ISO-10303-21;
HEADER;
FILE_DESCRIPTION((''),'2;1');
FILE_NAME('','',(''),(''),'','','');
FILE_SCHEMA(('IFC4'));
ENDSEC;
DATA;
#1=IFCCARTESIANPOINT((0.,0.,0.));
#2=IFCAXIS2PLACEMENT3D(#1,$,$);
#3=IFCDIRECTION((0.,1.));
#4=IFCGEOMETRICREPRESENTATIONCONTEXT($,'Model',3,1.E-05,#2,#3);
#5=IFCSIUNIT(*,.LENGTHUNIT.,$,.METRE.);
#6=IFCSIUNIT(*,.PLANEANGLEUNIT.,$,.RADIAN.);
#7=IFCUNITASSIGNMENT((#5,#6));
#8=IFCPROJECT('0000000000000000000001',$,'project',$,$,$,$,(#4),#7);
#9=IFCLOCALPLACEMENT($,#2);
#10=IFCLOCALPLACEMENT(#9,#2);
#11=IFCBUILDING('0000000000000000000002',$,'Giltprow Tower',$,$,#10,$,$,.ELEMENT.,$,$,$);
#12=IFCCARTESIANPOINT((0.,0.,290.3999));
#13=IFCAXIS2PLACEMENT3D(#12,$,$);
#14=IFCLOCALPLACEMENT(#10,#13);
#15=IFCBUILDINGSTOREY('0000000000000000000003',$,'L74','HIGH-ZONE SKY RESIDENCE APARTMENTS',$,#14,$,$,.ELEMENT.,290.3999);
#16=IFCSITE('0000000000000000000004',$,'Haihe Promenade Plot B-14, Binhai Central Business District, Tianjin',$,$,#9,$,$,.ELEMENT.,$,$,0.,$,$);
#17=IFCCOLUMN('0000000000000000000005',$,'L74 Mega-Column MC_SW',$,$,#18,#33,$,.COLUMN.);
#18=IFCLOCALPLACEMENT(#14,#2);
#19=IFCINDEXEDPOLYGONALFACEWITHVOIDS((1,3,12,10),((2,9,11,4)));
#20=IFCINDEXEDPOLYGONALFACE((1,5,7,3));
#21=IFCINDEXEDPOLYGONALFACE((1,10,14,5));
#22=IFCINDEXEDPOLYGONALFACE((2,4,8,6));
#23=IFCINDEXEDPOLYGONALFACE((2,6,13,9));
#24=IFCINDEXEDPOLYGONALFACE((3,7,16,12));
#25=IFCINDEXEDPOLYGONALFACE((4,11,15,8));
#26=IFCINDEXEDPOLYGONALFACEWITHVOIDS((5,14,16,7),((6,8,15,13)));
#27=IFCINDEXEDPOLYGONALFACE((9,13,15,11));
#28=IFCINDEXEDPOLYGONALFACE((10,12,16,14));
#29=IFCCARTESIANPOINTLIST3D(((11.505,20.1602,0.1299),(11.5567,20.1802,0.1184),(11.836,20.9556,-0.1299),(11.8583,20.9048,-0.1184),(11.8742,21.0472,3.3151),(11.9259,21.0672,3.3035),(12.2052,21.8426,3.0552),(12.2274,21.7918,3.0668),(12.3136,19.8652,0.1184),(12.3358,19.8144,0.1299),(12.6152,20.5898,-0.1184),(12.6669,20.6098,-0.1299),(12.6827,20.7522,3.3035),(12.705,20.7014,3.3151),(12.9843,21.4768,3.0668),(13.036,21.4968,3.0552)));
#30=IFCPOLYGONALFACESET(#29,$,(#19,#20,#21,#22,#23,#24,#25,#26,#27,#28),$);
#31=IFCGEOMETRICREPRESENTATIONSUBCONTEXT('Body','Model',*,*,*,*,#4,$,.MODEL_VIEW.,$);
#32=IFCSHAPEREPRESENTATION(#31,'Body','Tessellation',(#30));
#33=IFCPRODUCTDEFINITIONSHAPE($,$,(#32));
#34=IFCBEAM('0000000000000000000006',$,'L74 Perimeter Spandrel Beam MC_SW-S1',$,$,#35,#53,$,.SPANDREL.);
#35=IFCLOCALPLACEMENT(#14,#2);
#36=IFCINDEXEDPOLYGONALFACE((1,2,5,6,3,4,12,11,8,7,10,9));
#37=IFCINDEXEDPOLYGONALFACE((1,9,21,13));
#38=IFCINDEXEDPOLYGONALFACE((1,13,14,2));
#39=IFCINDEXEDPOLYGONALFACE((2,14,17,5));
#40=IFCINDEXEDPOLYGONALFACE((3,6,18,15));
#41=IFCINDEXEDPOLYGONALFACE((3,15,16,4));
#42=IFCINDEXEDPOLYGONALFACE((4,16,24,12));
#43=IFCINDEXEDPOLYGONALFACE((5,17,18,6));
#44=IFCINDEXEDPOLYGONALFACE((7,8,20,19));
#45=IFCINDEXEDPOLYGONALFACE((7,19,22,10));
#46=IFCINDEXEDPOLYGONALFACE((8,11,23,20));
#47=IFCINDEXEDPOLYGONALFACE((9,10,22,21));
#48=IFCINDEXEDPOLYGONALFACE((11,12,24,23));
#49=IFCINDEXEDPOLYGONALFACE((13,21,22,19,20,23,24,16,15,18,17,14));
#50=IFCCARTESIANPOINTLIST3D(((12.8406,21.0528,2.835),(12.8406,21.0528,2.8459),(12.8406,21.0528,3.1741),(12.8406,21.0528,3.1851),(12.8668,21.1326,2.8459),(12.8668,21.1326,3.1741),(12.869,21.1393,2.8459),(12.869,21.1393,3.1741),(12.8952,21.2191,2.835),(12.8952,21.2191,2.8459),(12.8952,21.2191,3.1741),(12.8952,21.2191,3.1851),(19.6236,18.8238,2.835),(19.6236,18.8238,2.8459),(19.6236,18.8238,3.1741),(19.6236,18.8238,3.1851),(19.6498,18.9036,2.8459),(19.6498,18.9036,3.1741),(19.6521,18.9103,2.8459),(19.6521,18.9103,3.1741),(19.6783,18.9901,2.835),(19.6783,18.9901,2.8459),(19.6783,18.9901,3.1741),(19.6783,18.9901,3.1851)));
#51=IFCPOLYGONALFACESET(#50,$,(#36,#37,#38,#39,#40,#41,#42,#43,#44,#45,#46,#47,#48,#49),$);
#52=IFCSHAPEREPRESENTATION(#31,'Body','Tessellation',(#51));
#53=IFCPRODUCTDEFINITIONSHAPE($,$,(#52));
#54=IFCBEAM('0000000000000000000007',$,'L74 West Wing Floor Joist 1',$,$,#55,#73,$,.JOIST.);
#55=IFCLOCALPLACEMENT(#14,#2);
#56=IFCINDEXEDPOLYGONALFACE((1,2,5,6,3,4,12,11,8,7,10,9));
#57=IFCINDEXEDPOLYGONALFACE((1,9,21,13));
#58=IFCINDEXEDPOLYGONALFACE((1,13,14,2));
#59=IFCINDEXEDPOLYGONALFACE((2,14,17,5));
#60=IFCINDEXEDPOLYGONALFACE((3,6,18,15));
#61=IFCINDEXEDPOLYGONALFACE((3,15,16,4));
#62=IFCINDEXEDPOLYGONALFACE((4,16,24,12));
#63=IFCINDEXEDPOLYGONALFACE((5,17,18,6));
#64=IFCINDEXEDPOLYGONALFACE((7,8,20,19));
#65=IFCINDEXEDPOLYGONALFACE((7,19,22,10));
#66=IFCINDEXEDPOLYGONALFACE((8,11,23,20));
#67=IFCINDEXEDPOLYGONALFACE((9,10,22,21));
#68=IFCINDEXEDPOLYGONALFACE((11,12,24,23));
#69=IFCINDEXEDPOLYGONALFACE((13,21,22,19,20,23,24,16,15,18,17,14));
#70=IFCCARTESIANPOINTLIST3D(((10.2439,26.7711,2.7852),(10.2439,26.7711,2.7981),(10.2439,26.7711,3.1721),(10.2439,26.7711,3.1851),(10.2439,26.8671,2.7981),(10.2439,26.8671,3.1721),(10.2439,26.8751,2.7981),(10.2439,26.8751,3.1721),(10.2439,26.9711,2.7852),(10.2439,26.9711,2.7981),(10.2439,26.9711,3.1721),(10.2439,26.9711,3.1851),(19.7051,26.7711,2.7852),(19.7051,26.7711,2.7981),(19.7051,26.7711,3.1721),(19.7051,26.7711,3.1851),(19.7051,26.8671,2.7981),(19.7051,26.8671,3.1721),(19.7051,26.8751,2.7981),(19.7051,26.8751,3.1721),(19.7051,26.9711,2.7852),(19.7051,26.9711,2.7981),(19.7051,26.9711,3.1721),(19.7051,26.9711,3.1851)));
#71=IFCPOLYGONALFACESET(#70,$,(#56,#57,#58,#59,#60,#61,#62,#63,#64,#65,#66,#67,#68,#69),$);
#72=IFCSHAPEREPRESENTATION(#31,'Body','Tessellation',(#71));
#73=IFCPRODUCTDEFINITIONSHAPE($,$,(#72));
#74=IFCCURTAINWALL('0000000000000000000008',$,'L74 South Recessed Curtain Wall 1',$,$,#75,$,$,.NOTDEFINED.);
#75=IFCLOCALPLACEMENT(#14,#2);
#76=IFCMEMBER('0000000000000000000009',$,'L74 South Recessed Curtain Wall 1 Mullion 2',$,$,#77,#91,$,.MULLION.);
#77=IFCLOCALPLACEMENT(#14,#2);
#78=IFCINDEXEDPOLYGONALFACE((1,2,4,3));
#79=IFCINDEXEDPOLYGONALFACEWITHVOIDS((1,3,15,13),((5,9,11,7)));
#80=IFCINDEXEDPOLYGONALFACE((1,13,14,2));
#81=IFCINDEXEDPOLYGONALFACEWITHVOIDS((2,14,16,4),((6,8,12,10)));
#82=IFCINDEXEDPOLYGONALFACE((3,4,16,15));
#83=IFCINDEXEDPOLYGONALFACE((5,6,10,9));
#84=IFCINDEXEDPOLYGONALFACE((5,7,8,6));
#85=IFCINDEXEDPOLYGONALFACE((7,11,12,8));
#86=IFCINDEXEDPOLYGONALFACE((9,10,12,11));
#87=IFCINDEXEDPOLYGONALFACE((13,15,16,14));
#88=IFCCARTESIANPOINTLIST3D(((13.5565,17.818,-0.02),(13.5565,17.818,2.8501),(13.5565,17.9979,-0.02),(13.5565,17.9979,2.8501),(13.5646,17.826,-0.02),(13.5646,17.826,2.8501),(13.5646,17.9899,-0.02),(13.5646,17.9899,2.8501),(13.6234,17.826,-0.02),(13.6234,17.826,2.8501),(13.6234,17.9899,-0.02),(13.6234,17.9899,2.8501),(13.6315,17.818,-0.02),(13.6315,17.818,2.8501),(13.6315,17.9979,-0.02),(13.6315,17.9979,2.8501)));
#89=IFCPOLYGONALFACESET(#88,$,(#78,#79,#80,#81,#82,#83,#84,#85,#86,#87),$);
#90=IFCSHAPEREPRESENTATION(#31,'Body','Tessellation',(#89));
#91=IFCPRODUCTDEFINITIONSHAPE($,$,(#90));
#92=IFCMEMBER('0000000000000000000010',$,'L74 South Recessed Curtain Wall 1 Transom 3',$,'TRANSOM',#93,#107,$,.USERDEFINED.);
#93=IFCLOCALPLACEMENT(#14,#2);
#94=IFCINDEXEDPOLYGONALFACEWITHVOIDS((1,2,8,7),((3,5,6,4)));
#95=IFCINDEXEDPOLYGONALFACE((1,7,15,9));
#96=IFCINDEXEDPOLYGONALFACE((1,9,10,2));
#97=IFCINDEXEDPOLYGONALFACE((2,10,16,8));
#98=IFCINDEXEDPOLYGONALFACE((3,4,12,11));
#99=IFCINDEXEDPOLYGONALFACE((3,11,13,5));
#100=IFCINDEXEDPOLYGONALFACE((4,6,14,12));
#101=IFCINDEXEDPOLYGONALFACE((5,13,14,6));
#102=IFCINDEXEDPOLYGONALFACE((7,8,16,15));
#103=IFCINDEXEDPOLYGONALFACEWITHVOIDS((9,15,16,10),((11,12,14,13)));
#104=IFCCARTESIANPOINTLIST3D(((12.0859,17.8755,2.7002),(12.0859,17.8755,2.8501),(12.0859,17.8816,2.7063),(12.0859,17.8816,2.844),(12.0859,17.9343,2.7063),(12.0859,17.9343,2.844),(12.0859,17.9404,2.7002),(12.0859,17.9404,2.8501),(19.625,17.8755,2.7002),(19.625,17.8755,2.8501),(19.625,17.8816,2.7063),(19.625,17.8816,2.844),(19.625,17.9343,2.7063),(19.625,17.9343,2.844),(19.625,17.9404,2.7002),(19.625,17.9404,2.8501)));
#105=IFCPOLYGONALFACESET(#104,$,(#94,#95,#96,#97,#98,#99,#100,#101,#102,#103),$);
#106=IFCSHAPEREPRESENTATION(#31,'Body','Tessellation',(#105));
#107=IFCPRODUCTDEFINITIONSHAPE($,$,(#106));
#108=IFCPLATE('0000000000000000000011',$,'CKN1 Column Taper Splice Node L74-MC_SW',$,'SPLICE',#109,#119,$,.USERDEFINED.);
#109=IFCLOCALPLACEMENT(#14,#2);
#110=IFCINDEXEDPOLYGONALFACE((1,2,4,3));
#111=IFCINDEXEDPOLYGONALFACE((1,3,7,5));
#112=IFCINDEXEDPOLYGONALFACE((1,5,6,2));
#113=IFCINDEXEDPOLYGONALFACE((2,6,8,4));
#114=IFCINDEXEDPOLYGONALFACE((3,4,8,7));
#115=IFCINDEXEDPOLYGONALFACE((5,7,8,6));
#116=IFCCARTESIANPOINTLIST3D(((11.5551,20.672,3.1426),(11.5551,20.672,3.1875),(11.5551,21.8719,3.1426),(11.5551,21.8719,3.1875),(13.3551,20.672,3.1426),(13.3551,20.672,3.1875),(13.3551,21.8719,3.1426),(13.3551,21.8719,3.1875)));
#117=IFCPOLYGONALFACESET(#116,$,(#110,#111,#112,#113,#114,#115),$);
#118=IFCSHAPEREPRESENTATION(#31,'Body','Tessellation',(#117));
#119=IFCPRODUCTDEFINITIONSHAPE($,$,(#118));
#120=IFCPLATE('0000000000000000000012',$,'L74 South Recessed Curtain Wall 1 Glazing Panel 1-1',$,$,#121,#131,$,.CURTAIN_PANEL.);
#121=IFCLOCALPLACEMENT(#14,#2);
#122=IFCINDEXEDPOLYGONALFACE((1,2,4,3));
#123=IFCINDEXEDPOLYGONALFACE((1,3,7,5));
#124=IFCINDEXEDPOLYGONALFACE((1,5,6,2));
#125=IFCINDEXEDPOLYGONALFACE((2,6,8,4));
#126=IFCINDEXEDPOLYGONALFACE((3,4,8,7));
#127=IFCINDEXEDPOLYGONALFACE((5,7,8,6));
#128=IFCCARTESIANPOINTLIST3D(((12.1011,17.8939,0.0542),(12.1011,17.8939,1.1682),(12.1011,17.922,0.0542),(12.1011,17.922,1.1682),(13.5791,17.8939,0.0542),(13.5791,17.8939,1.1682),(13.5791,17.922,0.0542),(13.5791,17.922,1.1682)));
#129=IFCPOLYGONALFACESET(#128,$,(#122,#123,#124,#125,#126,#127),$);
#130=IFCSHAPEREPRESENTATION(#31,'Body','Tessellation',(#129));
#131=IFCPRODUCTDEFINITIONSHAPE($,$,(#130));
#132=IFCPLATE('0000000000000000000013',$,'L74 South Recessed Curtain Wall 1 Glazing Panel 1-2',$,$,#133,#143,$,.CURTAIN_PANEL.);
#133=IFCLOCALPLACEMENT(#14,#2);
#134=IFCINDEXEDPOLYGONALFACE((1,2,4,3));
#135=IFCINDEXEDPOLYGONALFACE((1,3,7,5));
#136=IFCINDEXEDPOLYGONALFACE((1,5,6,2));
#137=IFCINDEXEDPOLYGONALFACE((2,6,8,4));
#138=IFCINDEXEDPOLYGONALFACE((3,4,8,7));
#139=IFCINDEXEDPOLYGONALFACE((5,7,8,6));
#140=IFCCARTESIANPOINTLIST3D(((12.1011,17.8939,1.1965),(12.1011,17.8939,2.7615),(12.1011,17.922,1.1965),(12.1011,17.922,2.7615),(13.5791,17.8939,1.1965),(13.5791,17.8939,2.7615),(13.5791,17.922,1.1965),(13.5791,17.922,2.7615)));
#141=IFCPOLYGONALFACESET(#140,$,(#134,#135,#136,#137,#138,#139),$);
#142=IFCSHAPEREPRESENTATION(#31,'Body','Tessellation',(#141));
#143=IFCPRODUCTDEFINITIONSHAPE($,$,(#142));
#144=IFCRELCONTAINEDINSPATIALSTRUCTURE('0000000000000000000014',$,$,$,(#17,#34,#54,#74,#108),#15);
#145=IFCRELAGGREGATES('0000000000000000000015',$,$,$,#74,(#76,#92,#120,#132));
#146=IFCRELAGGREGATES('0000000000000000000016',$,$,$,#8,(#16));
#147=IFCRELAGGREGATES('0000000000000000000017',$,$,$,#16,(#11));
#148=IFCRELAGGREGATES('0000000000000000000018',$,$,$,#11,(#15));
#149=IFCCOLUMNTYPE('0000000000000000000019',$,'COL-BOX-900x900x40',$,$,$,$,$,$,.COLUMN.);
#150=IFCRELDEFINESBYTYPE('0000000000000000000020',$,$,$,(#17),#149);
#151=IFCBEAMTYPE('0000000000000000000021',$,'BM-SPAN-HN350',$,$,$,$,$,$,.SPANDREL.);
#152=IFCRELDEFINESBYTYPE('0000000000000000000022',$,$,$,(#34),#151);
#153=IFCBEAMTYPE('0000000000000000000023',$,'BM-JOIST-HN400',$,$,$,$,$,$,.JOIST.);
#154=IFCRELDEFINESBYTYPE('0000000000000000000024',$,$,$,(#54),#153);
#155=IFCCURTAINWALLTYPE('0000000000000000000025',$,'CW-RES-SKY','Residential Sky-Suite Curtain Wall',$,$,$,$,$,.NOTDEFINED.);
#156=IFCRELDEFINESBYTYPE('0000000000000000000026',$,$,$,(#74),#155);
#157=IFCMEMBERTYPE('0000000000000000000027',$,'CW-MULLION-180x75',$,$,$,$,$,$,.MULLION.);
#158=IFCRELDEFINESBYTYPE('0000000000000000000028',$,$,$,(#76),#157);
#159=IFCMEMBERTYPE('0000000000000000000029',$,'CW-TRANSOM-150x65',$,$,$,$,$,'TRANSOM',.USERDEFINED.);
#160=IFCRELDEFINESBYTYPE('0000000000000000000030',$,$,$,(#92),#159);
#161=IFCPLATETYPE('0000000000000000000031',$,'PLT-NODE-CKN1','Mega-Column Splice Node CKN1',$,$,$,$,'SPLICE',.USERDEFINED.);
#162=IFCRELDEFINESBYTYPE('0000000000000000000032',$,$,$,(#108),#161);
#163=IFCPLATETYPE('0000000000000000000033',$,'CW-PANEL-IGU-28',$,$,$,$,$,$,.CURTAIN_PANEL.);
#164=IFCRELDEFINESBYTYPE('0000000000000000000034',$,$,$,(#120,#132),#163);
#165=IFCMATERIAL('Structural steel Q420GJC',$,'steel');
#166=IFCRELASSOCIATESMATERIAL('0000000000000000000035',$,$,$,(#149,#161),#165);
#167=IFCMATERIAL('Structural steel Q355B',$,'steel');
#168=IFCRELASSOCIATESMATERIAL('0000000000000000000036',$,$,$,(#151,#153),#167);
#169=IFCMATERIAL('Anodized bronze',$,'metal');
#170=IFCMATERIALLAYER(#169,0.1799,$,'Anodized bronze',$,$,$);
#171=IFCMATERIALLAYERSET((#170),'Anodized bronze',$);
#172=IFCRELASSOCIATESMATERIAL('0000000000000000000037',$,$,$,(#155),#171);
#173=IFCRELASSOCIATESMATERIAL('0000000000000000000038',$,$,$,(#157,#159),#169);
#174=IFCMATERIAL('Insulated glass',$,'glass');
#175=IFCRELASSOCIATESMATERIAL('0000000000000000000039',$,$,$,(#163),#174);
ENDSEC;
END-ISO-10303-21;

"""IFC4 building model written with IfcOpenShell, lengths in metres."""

from ifc_helpers import new_model, si_unit, direction, frame, origin, origin_2d, place, context, subcontext, project, spatial, rectangle, hollow_rectangle, i_section, extrude, source, transform, mapped, material, layer, layer_set, material_profile, profile_set, type_object, element, aggregate, save


model = new_model("IFC4")

# Units and contexts
model_context = context("Model", 3, precision=1e-05, world=origin(), true_north=direction((0.0, 1.0)))
body_context = subcontext(model_context, "Body", "Model", "MODEL_VIEW")
ifc_project = project(units=[si_unit("LENGTHUNIT", "METRE"), si_unit("PLANEANGLEUNIT", "RADIAN")], contexts=[model_context])

# Site, building, storey
site_placement = place(None, origin())
site = spatial("IfcSite", under=ifc_project, at=site_placement, Name="Haihe Promenade Plot B-14, Binhai Central Business District, Tianjin", CompositionType="ELEMENT", RefElevation=0.0)
building_placement = place(site_placement, origin())
building = spatial("IfcBuilding", under=site, at=building_placement, Name="Giltprow Tower", CompositionType="ELEMENT")
storey_placement = place(building_placement, frame((0.0, 0.0, 290.3999)))
storey = spatial("IfcBuildingStorey", under=building, at=storey_placement, Name="L74", Description="HIGH-ZONE SKY RESIDENCE APARTMENTS", CompositionType="ELEMENT", Elevation=290.3999)

# Column
ifc_material_1 = material(Name="Structural steel Q420GJC", Category="steel")
ifc_material_profile_1 = material_profile(ifc_material_1, hollow_rectangle(XDim=0.8999, YDim=0.8999, WallThickness=0.04, at=origin_2d()), Name="BOX 900x900x40")
ifc_profile_set_1 = profile_set([ifc_material_profile_1], Name="Structural steel Q420GJC")
column_type = type_object("IfcColumnType", Name="COL-BOX-900x900x40", PredefinedType="COLUMN", material=ifc_profile_set_1)
shared_shape_1 = source(origin(), body_context, "Body", "SweptSolid", [
    extrude(hollow_rectangle(XDim=0.8999, YDim=0.8999, WallThickness=0.04, at=origin_2d()), origin(), (0.0, 0.0, 1.0), 3.3269),
])
column_placement = place(storey_placement, frame((12.0859, 20.385, 0.0), z_axis=(0.11096, 0.266612, 0.957395), x_axis=(-0.923235, 0.384236, 0.0)))
element("IfcColumn", 1, at=column_placement, inside=storey, type_object=column_type, Name="L74 Mega-Column MC_SW", PredefinedType="COLUMN", context=body_context, shape_type="MappedRepresentation", body=[
    mapped(shared_shape_1, transform((0.0, 0.0, 0.0), x_axis=(1.0, 0.0, 0.0), y_axis=(0.0, 1.0, 0.0), z_axis=(0.0, 0.0, 1.0), scale=1.0)),
])

# Beams
ifc_material_2 = material(Name="Structural steel Q355B", Category="steel")
ifc_material_profile_2 = material_profile(ifc_material_2, i_section(OverallWidth=0.175, OverallDepth=0.3501, WebThickness=0.0071, FlangeThickness=0.011, at=origin_2d()), Name="HN 350x175x7x11")
ifc_profile_set_2 = profile_set([ifc_material_profile_2], Name="Structural steel Q355B")
beam_type_1 = type_object("IfcBeamType", Name="BM-SPAN-HN350", PredefinedType="SPANDREL", material=ifc_profile_set_2)
shared_shape_2 = source(origin(), body_context, "Body", "SweptSolid", [
    extrude(i_section(OverallWidth=0.175, OverallDepth=0.3501, WebThickness=0.0071, FlangeThickness=0.011, at=origin_2d()), origin(), (0.0, 0.0, 1.0), 7.1399),
])
beam_1_placement = place(storey_placement, frame((12.8679, 21.136, 3.01), z_axis=(0.950019, -0.312193, 0.0), x_axis=(0.312193, 0.950019, 0.0)))
element("IfcBeam", 2, at=beam_1_placement, inside=storey, type_object=beam_type_1, Name="L74 Perimeter Spandrel Beam MC_SW-S1", PredefinedType="SPANDREL", context=body_context, shape_type="MappedRepresentation", body=[
    mapped(shared_shape_2, transform((0.0, 0.0, 0.0), x_axis=(1.0, 0.0, 0.0), y_axis=(0.0, 1.0, 0.0), z_axis=(0.0, 0.0, 1.0), scale=1.0)),
])
ifc_material_profile_3 = material_profile(ifc_material_2, i_section(OverallWidth=0.2, OverallDepth=0.3999, WebThickness=0.0081, FlangeThickness=0.0129, at=origin_2d()), Name="HN 400x200x8x13")
ifc_profile_set_3 = profile_set([ifc_material_profile_3], Name="Structural steel Q355B")
beam_type_2 = type_object("IfcBeamType", Name="BM-JOIST-HN400", PredefinedType="JOIST", material=ifc_profile_set_3)
shared_shape_3 = source(origin(), body_context, "Body", "SweptSolid", [
    extrude(i_section(OverallWidth=0.2, OverallDepth=0.3999, WebThickness=0.0081, FlangeThickness=0.0129, at=origin_2d()), origin(), (0.0, 0.0, 1.0), 9.4612),
])
beam_2_placement = place(storey_placement, frame((10.2439, 26.8711, 2.9851), z_axis=(1.0, 0.0, 0.0), x_axis=(0.0, 1.0, 0.0)))
element("IfcBeam", 3, at=beam_2_placement, inside=storey, type_object=beam_type_2, Name="L74 West Wing Floor Joist 1", PredefinedType="JOIST", context=body_context, shape_type="MappedRepresentation", body=[
    mapped(shared_shape_3, transform((0.0, 0.0, 0.0), x_axis=(1.0, 0.0, 0.0), y_axis=(0.0, 1.0, 0.0), z_axis=(0.0, 0.0, 1.0), scale=1.0)),
])

# Curtain wall, members
ifc_material_3 = material(Name="Anodized bronze", Category="metal")
ifc_layer_1 = layer(ifc_material_3, 0.1799, Name="Anodized bronze")
ifc_layer_set_1 = layer_set([ifc_layer_1], Name="Anodized bronze")
curtain_wall_type = type_object("IfcCurtainWallType", Name="CW-RES-SKY", Description="Residential Sky-Suite Curtain Wall", PredefinedType="NOTDEFINED", material=ifc_layer_set_1)
curtain_wall_placement = place(storey_placement, origin())
curtain_wall = element("IfcCurtainWall", 4, at=curtain_wall_placement, inside=storey, type_object=curtain_wall_type, Name="L74 South Recessed Curtain Wall 1", PredefinedType="NOTDEFINED")
ifc_material_profile_4 = material_profile(ifc_material_3, hollow_rectangle(XDim=0.075, YDim=0.1799, WallThickness=0.0081, at=origin_2d()), Name="RHS 180x75x8")
ifc_profile_set_4 = profile_set([ifc_material_profile_4], Name="Anodized bronze")
member_type_1 = type_object("IfcMemberType", Name="CW-MULLION-180x75", PredefinedType="MULLION", material=ifc_profile_set_4)
shared_shape_4 = source(origin(), body_context, "Body", "SweptSolid", [
    extrude(hollow_rectangle(XDim=0.075, YDim=0.1799, WallThickness=0.0081, at=origin_2d()), origin(), (0.0, 0.0, 1.0), 2.8701),
])
member_1_placement = place(storey_placement, frame((13.594, 17.908, -0.02), z_axis=(0.0, 0.0, 1.0), x_axis=(1.0, 0.0, 0.0)))
member_1 = element("IfcMember", 5, at=member_1_placement, type_object=member_type_1, Name="L74 South Recessed Curtain Wall 1 Mullion 2", PredefinedType="MULLION", context=body_context, shape_type="MappedRepresentation", body=[
    mapped(shared_shape_4, transform((0.0, 0.0, 0.0), x_axis=(1.0, 0.0, 0.0), y_axis=(0.0, 1.0, 0.0), z_axis=(0.0, 0.0, 1.0), scale=1.0)),
])
ifc_material_profile_5 = material_profile(ifc_material_3, hollow_rectangle(XDim=0.0649, YDim=0.1499, WallThickness=0.0061, at=origin_2d()), Name="RHS 150x65x6")
ifc_profile_set_5 = profile_set([ifc_material_profile_5], Name="Anodized bronze")
member_type_2 = type_object("IfcMemberType", Name="CW-TRANSOM-150x65", ElementType="TRANSOM", PredefinedType="USERDEFINED", material=ifc_profile_set_5)
shared_shape_5 = source(origin(), body_context, "Body", "SweptSolid", [
    extrude(hollow_rectangle(XDim=0.0649, YDim=0.1499, WallThickness=0.0061, at=origin_2d()), origin(), (0.0, 0.0, 1.0), 7.5391),
])
member_2_placement = place(storey_placement, frame((12.0859, 17.908, 2.7751), z_axis=(1.0, 0.0, 0.0), x_axis=(0.0, 1.0, 0.0)))
member_2 = element("IfcMember", 6, at=member_2_placement, type_object=member_type_2, Name="L74 South Recessed Curtain Wall 1 Transom 3", ObjectType="TRANSOM", PredefinedType="USERDEFINED", context=body_context, shape_type="MappedRepresentation", body=[
    mapped(shared_shape_5, transform((0.0, 0.0, 0.0), x_axis=(1.0, 0.0, 0.0), y_axis=(0.0, 1.0, 0.0), z_axis=(0.0, 0.0, 1.0), scale=1.0)),
])

# Plates
plate_type_1 = type_object("IfcPlateType", Name="PLT-NODE-CKN1", Description="Mega-Column Splice Node CKN1", ElementType="SPLICE", PredefinedType="USERDEFINED", material=ifc_material_1)
shared_shape_6 = source(origin(), body_context, "Body", "SweptSolid", [
    extrude(rectangle(XDim=1.8, YDim=1.2, at=origin_2d()), origin(), (0.0, 0.0, 1.0), 0.0449),
])
plate_1_placement = place(storey_placement, frame((12.4551, 21.272, 3.1426), z_axis=(0.0, 0.0, 1.0), x_axis=(1.0, 0.0, 0.0)))
element("IfcPlate", 7, at=plate_1_placement, inside=storey, type_object=plate_type_1, Name="CKN1 Column Taper Splice Node L74-MC_SW", ObjectType="SPLICE", PredefinedType="USERDEFINED", context=body_context, shape_type="MappedRepresentation", body=[
    mapped(shared_shape_6, transform((0.0, 0.0, 0.0), x_axis=(1.0, 0.0, 0.0), y_axis=(0.0, 1.0, 0.0), z_axis=(0.0, 0.0, 1.0), scale=1.0)),
])
ifc_material_4 = material(Name="Insulated glass", Category="glass")
plate_type_2 = type_object("IfcPlateType", Name="CW-PANEL-IGU-28", PredefinedType="CURTAIN_PANEL", material=ifc_material_4)
shared_shape_7 = source(origin(), body_context, "Body", "SweptSolid", [
    extrude(rectangle(XDim=1.478, YDim=0.0281, at=origin_2d()), origin(), (0.0, 0.0, 1.0), 1.114),
])
plate_2_placement = place(storey_placement, frame((12.8401, 17.908, 0.0542), z_axis=(0.0, 0.0, 1.0), x_axis=(1.0, 0.0, 0.0)))
plate_2 = element("IfcPlate", 8, at=plate_2_placement, type_object=plate_type_2, Name="L74 South Recessed Curtain Wall 1 Glazing Panel 1-1", PredefinedType="CURTAIN_PANEL", context=body_context, shape_type="MappedRepresentation", body=[
    mapped(shared_shape_7, transform((0.0, 0.0, 0.0), x_axis=(1.0, 0.0, 0.0), y_axis=(0.0, 1.0, 0.0), z_axis=(0.0, 0.0, 1.0), scale=1.0)),
])
shared_shape_8 = source(origin(), body_context, "Body", "SweptSolid", [
    extrude(rectangle(XDim=1.478, YDim=0.0281, at=origin_2d()), origin(), (0.0, 0.0, 1.0), 1.5649),
])
plate_3_placement = place(storey_placement, frame((12.8401, 17.908, 1.1965), z_axis=(0.0, 0.0, 1.0), x_axis=(1.0, 0.0, 0.0)))
plate_3 = element("IfcPlate", 9, at=plate_3_placement, type_object=plate_type_2, Name="L74 South Recessed Curtain Wall 1 Glazing Panel 1-2", PredefinedType="CURTAIN_PANEL", context=body_context, shape_type="MappedRepresentation", body=[
    mapped(shared_shape_8, transform((0.0, 0.0, 0.0), x_axis=(1.0, 0.0, 0.0), y_axis=(0.0, 1.0, 0.0), z_axis=(0.0, 0.0, 1.0), scale=1.0)),
])
aggregate(curtain_wall, [member_1, member_2, plate_2, plate_3])

save(model, "model.ifc")
